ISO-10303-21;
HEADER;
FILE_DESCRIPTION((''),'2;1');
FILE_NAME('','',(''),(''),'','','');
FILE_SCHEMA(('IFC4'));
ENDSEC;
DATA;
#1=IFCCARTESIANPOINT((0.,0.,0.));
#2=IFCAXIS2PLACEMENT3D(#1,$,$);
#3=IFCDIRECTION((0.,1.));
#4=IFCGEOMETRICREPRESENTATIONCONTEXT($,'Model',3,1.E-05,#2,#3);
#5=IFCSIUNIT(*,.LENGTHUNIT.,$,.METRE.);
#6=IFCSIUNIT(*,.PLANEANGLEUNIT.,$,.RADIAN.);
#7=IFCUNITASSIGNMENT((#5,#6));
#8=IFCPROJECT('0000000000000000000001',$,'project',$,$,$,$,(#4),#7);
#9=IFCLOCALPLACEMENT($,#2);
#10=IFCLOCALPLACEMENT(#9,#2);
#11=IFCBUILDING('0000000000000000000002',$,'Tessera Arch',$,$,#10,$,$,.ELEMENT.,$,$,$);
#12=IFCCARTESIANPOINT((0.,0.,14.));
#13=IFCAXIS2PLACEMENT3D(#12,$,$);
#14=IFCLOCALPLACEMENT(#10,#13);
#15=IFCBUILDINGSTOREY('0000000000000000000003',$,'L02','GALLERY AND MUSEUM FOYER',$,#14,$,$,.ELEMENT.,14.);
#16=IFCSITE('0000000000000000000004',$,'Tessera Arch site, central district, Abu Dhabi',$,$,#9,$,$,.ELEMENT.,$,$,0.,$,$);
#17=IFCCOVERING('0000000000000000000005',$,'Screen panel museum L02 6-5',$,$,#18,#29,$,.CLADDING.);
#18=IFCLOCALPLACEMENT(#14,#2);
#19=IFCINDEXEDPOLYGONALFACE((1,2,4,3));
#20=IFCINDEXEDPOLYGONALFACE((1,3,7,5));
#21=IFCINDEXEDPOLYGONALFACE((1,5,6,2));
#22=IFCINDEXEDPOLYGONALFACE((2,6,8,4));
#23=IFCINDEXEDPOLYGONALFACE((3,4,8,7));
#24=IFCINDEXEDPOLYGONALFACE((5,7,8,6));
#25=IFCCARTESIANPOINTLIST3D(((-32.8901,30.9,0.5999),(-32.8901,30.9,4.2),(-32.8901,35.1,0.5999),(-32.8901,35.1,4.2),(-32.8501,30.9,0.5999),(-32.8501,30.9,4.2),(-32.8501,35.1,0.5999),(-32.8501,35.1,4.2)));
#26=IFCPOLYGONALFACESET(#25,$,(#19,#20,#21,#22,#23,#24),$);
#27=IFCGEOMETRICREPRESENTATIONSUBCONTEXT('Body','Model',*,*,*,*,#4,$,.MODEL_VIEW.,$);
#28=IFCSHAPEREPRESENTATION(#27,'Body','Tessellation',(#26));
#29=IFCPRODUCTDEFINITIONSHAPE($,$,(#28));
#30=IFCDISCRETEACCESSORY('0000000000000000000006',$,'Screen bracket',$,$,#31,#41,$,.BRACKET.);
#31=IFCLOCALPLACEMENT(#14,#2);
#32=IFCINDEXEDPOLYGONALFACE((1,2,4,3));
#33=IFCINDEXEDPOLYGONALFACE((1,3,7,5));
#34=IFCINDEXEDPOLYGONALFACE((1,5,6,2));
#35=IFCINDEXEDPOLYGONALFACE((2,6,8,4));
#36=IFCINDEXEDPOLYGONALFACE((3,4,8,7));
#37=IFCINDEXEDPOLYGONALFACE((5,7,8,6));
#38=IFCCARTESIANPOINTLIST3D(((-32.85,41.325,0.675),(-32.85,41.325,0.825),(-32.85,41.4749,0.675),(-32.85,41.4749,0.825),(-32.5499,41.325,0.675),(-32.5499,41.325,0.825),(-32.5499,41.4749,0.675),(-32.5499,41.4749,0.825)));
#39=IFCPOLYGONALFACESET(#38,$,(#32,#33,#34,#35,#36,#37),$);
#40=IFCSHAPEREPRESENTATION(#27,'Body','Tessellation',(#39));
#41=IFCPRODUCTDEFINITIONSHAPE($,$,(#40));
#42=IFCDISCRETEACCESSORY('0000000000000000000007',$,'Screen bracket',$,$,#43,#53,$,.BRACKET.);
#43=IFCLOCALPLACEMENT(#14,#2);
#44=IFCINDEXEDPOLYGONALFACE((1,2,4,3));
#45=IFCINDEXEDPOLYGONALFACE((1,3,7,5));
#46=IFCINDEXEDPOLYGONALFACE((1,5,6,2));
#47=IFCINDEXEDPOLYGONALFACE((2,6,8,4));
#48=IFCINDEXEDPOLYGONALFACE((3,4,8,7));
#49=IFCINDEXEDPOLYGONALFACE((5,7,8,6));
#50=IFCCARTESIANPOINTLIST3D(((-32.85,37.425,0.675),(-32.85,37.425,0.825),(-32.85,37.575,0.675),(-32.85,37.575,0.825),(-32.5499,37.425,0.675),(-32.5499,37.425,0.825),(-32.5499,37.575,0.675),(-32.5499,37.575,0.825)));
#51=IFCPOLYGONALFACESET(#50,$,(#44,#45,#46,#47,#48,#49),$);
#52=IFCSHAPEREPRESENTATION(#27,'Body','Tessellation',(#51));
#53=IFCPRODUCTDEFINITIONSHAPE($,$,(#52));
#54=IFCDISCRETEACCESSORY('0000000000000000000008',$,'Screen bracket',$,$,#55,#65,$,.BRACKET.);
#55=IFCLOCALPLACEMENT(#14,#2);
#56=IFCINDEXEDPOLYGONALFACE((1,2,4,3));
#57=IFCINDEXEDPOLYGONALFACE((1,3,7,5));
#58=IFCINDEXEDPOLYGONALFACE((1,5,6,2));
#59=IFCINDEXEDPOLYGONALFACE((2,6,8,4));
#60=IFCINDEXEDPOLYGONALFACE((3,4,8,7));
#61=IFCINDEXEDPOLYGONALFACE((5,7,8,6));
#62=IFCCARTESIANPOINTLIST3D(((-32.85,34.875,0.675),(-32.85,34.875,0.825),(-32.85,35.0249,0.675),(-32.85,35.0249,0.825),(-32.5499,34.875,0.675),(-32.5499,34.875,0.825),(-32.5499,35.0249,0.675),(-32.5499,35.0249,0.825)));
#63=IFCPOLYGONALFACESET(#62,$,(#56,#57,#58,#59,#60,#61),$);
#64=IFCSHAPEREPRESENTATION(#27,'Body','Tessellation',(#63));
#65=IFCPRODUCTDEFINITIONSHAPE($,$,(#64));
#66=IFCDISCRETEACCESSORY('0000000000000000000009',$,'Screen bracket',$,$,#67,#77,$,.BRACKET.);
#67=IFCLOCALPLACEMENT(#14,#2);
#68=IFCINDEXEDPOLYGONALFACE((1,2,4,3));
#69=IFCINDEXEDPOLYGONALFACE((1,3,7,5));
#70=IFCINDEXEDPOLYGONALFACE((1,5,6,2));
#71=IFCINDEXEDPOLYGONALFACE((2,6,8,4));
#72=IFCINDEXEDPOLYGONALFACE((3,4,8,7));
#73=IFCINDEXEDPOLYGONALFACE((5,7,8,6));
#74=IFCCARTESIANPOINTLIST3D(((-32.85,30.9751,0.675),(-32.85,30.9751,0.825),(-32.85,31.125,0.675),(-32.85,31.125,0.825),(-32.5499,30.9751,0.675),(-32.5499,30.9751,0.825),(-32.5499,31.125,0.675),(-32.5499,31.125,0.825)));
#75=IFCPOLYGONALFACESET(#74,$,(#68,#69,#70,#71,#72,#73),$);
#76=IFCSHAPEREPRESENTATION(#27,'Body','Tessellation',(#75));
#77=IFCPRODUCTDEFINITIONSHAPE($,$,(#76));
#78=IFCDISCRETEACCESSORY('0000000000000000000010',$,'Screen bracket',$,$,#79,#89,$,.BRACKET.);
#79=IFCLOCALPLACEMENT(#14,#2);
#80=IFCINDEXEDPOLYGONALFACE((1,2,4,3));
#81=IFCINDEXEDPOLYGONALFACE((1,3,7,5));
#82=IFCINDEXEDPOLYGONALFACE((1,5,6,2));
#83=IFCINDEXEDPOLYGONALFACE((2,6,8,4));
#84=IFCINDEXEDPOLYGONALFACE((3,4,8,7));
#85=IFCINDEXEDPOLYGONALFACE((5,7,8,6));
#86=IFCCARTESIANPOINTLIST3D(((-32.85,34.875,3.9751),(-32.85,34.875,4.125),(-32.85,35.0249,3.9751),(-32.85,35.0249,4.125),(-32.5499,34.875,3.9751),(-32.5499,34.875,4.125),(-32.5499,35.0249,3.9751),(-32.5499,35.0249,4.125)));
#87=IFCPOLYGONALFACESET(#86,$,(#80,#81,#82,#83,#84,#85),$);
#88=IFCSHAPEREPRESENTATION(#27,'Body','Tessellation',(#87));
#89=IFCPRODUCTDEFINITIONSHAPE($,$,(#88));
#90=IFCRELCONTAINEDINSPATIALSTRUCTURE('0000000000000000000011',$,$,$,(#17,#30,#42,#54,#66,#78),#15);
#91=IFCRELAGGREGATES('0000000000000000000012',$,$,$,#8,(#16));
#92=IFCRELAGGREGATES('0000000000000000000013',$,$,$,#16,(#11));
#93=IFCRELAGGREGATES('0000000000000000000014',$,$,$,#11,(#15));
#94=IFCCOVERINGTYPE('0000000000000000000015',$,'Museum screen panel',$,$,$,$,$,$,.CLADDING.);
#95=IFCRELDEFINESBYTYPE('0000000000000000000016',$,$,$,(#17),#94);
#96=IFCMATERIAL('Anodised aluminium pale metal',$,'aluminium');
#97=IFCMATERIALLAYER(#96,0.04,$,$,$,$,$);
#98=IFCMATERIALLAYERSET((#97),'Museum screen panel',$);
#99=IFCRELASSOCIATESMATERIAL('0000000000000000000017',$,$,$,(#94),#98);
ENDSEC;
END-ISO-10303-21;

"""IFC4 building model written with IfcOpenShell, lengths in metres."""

from ifc_helpers import new_model, si_unit, direction, frame, origin, origin_2d, place, context, subcontext, project, spatial, rectangle, extrude, material, layer, layer_set, type_object, element, save


model = new_model("IFC4")

# Units and contexts
model_context = context("Model", 3, precision=1e-05, world=origin(), true_north=direction((0.0, 1.0)))
body_context = subcontext(model_context, "Body", "Model", "MODEL_VIEW")
ifc_project = project(units=[si_unit("LENGTHUNIT", "METRE"), si_unit("PLANEANGLEUNIT", "RADIAN")], contexts=[model_context])

# Site, building, storey
site_placement = place(None, origin())
site = spatial("IfcSite", under=ifc_project, at=site_placement, Name="Tessera Arch site, central district, Abu Dhabi", CompositionType="ELEMENT", RefElevation=0.0)
building_placement = place(site_placement, origin())
building = spatial("IfcBuilding", under=site, at=building_placement, Name="Tessera Arch", CompositionType="ELEMENT")
storey_placement = place(building_placement, frame((0.0, 0.0, 14.0)))
storey = spatial("IfcBuildingStorey", under=building, at=storey_placement, Name="L02", Description="GALLERY AND MUSEUM FOYER", CompositionType="ELEMENT", Elevation=14.0)

# Covering
ifc_material_1 = material(Name="Anodised aluminium pale metal", Category="aluminium")
ifc_layer_1 = layer(ifc_material_1, 0.04)
ifc_layer_set_1 = layer_set([ifc_layer_1], Name="Museum screen panel")
covering_type = type_object("IfcCoveringType", Name="Museum screen panel", PredefinedType="CLADDING", material=ifc_layer_set_1)
for number, where, z_axis, x_axis, name in (
    (1, (-32.8701, 33.0, 0.5999), (0.0, 0.0, 1.0), (0.0, -1.0, 0.0), "Screen panel museum L02 6-5"),
):
    element("IfcCovering", number, at=place(storey_placement, frame(where, z_axis=z_axis, x_axis=x_axis)), inside=storey, type_object=covering_type, Name=name, PredefinedType="CLADDING", context=body_context, shape_type="SweptSolid", body=[
        extrude(rectangle(XDim=4.2, YDim=0.04, at=origin_2d()), origin(), (0.0, 0.0, 1.0), 3.6001),
    ])

# Discrete accessories
for number, where, z_axis, x_axis, name in (
    (2, (-32.7, 41.3999, 0.675), (0.0, 0.0, 1.0), (-1.0, 0.0, 0.0), "Screen bracket"),
    (3, (-32.7, 37.5, 0.675), (0.0, 0.0, 1.0), (-1.0, 0.0, 0.0), "Screen bracket"),
    (4, (-32.7, 34.95, 0.675), (0.0, 0.0, 1.0), (-1.0, 0.0, 0.0), "Screen bracket"),
    (5, (-32.7, 31.05, 0.675), (0.0, 0.0, 1.0), (-1.0, 0.0, 0.0), "Screen bracket"),
    (6, (-32.7, 34.95, 3.9751), (0.0, 0.0, 1.0), (-1.0, 0.0, 0.0), "Screen bracket"),
):
    element("IfcDiscreteAccessory", number, at=place(storey_placement, frame(where, z_axis=z_axis, x_axis=x_axis)), inside=storey, Name=name, PredefinedType="BRACKET", context=body_context, shape_type="SweptSolid", body=[
        extrude(rectangle(XDim=0.3, YDim=0.1499, at=origin_2d()), origin(), (0.0, 0.0, 1.0), 0.1499),
    ])

save(model, "model.ifc")
